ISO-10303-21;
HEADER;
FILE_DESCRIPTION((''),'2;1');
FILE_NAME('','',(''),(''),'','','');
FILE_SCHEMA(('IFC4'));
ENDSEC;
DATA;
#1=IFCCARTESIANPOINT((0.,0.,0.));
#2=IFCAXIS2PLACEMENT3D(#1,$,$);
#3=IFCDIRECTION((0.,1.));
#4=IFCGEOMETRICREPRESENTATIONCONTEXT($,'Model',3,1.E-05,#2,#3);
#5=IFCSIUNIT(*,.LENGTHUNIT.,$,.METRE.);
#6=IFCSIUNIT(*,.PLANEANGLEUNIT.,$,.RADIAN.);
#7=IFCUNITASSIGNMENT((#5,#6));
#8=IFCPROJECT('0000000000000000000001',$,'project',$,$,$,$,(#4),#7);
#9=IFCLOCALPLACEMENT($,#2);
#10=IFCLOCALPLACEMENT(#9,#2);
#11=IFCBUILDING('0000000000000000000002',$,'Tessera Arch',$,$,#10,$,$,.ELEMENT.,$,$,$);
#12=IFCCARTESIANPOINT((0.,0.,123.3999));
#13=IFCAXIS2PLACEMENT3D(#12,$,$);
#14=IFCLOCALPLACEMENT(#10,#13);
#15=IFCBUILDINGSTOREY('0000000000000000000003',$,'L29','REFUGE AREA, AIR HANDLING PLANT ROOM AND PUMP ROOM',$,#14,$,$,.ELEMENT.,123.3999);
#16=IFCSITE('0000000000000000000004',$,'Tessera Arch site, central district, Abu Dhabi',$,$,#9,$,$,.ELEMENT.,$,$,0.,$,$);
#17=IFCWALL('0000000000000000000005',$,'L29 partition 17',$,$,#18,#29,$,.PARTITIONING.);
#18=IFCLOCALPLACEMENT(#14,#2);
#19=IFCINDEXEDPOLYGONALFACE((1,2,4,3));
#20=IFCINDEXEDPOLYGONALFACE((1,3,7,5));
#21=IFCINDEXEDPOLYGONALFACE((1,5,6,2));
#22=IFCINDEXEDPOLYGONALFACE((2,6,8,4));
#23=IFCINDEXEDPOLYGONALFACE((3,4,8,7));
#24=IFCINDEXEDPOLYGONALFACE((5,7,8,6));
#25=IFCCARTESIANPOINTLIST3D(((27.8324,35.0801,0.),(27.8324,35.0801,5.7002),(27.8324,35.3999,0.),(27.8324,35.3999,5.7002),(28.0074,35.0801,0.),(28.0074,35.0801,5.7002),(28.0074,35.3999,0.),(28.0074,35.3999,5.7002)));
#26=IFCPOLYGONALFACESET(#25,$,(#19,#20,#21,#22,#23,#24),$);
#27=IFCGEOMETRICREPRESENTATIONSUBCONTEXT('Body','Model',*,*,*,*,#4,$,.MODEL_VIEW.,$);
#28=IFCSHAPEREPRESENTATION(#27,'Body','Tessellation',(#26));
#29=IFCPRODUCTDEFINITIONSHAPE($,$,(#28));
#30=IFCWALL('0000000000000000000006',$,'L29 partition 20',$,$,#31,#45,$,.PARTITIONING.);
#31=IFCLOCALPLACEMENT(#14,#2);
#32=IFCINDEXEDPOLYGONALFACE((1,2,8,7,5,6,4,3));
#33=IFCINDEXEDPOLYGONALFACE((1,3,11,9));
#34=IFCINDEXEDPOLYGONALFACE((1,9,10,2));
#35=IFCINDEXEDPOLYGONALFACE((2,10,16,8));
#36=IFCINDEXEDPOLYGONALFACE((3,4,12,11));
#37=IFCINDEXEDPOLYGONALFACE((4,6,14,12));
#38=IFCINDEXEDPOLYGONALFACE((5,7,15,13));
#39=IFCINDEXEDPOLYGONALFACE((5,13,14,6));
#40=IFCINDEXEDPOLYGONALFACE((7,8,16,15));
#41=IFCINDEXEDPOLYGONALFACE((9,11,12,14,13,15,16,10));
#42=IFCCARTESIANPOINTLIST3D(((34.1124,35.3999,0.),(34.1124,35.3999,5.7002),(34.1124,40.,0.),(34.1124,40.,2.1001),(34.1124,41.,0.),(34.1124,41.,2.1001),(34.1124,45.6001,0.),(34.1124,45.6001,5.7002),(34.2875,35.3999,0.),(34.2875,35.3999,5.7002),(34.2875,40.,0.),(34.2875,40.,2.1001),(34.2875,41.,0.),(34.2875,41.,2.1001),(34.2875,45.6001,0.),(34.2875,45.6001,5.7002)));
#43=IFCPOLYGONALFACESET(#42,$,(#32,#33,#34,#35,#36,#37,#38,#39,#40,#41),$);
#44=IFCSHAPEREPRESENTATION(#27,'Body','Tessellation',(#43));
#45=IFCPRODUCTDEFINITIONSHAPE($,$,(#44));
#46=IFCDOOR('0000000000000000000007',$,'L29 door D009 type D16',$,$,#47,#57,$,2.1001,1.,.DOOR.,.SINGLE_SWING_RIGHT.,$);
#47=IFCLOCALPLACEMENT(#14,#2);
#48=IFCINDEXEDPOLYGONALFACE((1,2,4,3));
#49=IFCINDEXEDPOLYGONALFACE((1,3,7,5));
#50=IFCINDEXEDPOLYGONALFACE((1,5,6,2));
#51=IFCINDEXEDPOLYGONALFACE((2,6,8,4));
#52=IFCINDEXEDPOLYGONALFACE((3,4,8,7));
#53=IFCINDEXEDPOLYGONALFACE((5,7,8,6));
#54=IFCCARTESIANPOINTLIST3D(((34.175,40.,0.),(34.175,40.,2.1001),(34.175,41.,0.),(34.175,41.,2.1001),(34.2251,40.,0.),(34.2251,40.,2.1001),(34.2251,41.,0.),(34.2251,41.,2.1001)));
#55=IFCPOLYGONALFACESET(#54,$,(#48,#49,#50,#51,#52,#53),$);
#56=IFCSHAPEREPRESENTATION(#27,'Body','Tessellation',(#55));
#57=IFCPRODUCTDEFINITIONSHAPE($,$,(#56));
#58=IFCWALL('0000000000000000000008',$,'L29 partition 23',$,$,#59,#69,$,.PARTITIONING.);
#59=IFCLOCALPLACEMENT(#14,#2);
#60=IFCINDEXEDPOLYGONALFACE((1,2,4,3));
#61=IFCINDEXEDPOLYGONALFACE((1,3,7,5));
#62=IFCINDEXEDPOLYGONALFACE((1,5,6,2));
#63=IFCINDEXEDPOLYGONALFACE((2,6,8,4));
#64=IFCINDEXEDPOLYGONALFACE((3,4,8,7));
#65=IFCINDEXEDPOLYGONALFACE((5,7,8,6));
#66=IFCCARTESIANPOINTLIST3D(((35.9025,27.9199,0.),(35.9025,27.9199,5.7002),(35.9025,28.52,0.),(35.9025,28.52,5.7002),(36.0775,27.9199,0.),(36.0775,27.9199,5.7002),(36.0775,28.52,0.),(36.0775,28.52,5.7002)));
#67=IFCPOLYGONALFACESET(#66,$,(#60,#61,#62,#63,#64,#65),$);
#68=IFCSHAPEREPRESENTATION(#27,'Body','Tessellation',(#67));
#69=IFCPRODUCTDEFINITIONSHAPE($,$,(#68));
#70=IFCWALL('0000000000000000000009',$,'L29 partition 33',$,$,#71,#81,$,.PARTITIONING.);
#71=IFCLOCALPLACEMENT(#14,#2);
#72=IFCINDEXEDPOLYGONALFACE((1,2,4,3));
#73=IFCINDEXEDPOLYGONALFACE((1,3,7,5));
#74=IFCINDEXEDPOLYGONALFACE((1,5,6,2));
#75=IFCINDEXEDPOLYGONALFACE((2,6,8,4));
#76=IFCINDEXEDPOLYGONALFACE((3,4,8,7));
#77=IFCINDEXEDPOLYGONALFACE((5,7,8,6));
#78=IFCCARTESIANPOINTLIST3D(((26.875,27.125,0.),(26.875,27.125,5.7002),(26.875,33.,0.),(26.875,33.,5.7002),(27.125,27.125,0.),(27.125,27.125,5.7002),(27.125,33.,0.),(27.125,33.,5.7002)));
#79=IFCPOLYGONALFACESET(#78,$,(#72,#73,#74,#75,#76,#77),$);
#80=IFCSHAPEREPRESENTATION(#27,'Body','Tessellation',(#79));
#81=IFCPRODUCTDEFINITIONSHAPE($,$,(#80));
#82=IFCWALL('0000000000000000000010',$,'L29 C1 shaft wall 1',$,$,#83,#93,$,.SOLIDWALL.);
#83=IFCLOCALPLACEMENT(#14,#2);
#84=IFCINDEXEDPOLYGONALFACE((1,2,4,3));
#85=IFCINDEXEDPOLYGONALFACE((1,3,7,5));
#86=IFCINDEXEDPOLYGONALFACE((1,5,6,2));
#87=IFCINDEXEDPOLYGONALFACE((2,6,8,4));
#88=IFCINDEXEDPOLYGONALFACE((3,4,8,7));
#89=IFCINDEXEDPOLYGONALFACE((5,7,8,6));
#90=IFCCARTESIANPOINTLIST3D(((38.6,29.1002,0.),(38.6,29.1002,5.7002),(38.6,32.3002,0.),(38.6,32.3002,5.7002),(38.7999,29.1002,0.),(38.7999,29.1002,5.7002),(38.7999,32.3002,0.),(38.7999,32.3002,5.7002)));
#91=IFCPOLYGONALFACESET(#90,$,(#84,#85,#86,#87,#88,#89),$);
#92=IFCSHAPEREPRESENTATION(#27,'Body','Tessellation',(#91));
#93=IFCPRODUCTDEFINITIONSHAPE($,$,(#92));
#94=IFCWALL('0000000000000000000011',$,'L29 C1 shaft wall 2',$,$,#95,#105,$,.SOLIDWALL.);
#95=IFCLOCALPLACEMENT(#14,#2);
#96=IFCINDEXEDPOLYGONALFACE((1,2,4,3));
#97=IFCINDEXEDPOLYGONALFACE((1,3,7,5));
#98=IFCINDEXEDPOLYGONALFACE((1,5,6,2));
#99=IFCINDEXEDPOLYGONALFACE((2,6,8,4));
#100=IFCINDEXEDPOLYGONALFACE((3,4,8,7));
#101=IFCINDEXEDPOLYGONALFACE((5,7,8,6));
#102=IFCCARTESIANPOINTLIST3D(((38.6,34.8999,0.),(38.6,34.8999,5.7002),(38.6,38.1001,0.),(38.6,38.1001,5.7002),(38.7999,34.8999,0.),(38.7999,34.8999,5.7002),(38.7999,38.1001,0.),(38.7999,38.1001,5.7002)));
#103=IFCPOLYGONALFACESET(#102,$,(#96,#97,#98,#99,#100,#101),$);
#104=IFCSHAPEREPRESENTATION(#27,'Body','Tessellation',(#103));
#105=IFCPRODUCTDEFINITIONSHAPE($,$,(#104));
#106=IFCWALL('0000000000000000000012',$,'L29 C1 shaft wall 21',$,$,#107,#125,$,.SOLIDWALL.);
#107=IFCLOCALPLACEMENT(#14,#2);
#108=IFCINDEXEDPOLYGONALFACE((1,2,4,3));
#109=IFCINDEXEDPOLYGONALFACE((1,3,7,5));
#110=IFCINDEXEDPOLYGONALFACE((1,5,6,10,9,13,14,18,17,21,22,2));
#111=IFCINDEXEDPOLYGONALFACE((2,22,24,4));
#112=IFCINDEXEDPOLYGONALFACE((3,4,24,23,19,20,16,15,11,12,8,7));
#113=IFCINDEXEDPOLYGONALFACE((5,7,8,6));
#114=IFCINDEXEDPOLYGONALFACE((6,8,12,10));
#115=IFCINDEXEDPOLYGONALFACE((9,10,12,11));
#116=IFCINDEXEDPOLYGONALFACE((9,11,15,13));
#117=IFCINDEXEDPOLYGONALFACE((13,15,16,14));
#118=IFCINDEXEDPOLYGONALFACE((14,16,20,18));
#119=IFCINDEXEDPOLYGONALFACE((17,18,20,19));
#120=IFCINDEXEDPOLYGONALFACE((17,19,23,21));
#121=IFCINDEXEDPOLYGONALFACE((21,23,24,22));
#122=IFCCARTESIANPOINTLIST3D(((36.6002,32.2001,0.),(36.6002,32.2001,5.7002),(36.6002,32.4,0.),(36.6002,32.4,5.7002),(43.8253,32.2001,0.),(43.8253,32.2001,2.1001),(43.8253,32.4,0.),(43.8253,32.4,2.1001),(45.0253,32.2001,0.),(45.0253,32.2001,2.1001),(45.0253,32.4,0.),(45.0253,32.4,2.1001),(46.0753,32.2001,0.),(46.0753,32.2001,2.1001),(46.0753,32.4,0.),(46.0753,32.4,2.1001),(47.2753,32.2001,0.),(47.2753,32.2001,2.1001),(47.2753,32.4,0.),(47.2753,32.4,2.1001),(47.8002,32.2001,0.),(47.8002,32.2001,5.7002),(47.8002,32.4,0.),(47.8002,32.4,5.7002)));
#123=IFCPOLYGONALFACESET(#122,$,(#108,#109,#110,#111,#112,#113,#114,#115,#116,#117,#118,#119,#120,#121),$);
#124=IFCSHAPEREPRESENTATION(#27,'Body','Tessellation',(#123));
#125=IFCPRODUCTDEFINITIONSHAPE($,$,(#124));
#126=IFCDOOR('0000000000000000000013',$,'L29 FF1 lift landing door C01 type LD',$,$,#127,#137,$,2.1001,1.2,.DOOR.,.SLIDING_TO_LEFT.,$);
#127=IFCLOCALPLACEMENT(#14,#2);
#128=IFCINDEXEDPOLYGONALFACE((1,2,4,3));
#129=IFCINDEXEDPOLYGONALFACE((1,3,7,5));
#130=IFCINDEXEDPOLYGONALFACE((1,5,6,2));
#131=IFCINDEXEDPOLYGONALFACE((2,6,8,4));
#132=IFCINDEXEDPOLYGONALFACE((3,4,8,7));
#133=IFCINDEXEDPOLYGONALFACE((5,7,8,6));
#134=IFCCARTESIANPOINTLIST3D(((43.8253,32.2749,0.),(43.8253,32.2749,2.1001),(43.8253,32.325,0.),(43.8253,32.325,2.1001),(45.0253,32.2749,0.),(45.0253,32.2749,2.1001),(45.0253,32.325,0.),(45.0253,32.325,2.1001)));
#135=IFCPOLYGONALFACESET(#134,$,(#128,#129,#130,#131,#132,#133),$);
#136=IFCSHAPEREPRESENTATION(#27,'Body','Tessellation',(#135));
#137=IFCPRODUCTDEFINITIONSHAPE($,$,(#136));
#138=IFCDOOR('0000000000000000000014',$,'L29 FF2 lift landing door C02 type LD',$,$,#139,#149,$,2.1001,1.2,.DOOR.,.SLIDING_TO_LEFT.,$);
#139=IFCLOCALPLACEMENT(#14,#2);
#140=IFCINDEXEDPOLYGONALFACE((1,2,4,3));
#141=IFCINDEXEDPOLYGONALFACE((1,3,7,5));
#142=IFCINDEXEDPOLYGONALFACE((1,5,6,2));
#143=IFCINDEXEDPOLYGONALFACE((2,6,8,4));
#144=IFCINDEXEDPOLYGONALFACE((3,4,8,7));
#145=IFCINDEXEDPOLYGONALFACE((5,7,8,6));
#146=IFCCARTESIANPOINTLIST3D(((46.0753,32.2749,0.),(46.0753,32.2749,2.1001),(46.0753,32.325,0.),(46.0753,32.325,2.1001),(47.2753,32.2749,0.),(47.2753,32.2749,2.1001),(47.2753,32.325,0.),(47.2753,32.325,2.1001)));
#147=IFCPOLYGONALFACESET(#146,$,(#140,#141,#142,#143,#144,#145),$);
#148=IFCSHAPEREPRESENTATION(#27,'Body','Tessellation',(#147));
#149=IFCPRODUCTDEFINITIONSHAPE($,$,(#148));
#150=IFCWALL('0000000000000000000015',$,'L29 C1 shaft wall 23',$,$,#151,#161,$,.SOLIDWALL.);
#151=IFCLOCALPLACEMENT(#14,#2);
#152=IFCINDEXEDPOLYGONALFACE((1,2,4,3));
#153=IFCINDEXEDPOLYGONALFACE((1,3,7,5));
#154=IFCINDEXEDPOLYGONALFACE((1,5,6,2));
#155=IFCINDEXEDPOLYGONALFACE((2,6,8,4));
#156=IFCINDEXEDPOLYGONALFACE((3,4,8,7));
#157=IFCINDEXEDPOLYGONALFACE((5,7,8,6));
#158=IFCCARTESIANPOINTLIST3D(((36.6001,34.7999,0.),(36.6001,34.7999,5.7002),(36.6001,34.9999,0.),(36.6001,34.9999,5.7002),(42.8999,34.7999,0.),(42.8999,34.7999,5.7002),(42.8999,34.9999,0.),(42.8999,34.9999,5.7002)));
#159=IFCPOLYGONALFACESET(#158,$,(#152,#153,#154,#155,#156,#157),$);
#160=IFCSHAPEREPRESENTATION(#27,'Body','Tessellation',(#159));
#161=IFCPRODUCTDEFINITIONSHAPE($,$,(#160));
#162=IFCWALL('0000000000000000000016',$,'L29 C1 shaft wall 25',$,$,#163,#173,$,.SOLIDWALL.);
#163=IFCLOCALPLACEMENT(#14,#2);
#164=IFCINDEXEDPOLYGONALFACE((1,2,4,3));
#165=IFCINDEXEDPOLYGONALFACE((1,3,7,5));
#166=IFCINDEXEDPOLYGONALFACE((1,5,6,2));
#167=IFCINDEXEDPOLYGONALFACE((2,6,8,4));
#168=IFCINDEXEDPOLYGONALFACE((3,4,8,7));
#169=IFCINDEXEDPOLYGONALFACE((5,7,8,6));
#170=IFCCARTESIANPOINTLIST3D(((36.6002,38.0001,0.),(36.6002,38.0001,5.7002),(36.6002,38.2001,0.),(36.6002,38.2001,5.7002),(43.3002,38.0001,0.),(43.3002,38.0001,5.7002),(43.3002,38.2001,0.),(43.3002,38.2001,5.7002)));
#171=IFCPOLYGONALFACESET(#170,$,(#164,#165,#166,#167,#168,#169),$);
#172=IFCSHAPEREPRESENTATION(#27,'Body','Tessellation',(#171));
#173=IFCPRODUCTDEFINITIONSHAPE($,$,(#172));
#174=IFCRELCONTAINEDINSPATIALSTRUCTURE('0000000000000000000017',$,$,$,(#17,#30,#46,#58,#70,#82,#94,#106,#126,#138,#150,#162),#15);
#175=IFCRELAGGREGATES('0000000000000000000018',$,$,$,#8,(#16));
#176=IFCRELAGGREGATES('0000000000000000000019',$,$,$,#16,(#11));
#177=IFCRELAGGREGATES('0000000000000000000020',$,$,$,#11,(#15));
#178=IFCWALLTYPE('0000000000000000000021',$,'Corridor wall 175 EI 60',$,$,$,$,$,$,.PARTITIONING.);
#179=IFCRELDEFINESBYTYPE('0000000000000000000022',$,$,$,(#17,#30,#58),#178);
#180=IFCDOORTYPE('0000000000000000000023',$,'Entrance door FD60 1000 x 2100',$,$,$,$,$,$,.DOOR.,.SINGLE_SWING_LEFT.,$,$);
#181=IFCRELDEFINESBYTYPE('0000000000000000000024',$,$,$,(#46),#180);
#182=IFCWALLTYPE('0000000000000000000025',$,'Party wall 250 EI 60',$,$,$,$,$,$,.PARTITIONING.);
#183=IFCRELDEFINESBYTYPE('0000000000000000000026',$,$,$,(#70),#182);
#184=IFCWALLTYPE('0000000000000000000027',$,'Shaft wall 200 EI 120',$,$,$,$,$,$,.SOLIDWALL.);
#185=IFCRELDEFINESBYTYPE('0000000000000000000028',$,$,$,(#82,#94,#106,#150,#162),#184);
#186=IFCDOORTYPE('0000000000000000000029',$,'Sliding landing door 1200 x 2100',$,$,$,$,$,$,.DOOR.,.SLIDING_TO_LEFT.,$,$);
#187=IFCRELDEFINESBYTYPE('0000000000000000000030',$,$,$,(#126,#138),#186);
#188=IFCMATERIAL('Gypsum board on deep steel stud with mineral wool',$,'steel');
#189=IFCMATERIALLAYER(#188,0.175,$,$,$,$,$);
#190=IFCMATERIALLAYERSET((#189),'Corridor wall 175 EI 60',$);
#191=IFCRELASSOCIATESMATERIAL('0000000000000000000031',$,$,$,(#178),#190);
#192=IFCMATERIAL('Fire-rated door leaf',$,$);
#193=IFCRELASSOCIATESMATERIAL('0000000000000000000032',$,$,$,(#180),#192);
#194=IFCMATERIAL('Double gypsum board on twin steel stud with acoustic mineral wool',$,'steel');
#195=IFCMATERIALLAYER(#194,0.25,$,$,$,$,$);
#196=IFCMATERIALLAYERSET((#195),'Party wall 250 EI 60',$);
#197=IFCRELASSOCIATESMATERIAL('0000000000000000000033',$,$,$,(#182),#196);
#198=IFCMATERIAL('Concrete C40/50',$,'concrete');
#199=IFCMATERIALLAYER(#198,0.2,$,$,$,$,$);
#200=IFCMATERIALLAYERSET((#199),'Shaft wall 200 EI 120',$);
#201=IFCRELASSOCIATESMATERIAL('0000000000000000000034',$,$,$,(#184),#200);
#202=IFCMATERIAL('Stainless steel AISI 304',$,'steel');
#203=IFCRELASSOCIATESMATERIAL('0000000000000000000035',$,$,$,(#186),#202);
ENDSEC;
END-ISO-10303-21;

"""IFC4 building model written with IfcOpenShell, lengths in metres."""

from ifc_helpers import new_model, si_unit, direction, frame, frame_2d, origin, place, context, subcontext, project, spatial, rectangle, extrude, material, layer, layer_set, type_object, element, fill, save


model = new_model("IFC4")

# Units and contexts
model_context = context("Model", 3, precision=1e-05, world=origin(), true_north=direction((0.0, 1.0)))
body_context = subcontext(model_context, "Body", "Model", "MODEL_VIEW")
ifc_project = project(units=[si_unit("LENGTHUNIT", "METRE"), si_unit("PLANEANGLEUNIT", "RADIAN")], contexts=[model_context])

# Site, building, storey
site_placement = place(None, origin())
site = spatial("IfcSite", under=ifc_project, at=site_placement, Name="Tessera Arch site, central district, Abu Dhabi", CompositionType="ELEMENT", RefElevation=0.0)
building_placement = place(site_placement, origin())
building = spatial("IfcBuilding", under=site, at=building_placement, Name="Tessera Arch", CompositionType="ELEMENT")
storey_placement = place(building_placement, frame((0.0, 0.0, 123.3999)))
storey = spatial("IfcBuildingStorey", under=building, at=storey_placement, Name="L29", Description="REFUGE AREA, AIR HANDLING PLANT ROOM AND PUMP ROOM", CompositionType="ELEMENT", Elevation=123.3999)

# Wall
ifc_material_1 = material(Name="Gypsum board on deep steel stud with mineral wool", Category="steel")
ifc_layer_1 = layer(ifc_material_1, 0.175)
ifc_layer_set_1 = layer_set([ifc_layer_1], Name="Corridor wall 175 EI 60")
wall_type_1 = type_object("IfcWallType", Name="Corridor wall 175 EI 60", PredefinedType="PARTITIONING", material=ifc_layer_set_1)
wall_1_placement = place(storey_placement, frame((27.9199, 35.0801, 0.0), z_axis=(0.0, 0.0, 1.0), x_axis=(0.0, 1.0, 0.0)))
element("IfcWall", 1, at=wall_1_placement, inside=storey, type_object=wall_type_1, Name="L29 partition 17", PredefinedType="PARTITIONING", context=body_context, shape_type="SweptSolid", body=[
    extrude(rectangle(XDim=0.3198, YDim=0.175, at=frame_2d((0.1599, 0.0))), origin(), (0.0, 0.0, 1.0), 5.7002),
])

# Wall, opening, door
wall_2_placement = place(storey_placement, frame((34.2, 35.3999, 0.0), z_axis=(0.0, 0.0, 1.0), x_axis=(0.0, 1.0, 0.0)))
wall_2 = element("IfcWall", 2, at=wall_2_placement, inside=storey, type_object=wall_type_1, Name="L29 partition 20", PredefinedType="PARTITIONING", context=body_context, shape_type="SweptSolid", body=[
    extrude(rectangle(XDim=10.2002, YDim=0.175, at=frame_2d((5.1001, 0.0))), origin(), (0.0, 0.0, 1.0), 5.7002),
])
opening_1_placement = place(wall_2_placement, frame((4.6001, 0.0, 0.0)))
opening_1 = element("IfcOpeningElement", 3, at=opening_1_placement, cuts=wall_2, PredefinedType="OPENING", context=body_context, shape_type="SweptSolid", body=[
    extrude(rectangle(XDim=1.0, YDim=2.1001, at=frame_2d((0.5, 1.05))), frame((0.0, 0.0974, 0.0), z_axis=(0.0, -1.0, 0.0), x_axis=(1.0, 0.0, 0.0)), (0.0, 0.0, 1.0), 0.1951),
])
ifc_material_2 = material(Name="Fire-rated door leaf")
door_type_1 = type_object("IfcDoorType", Name="Entrance door FD60 1000 x 2100", OperationType="SINGLE_SWING_LEFT", PredefinedType="DOOR", material=ifc_material_2)
door_1_placement = place(opening_1_placement, origin())
door_1 = element("IfcDoor", 4, at=door_1_placement, inside=storey, type_object=door_type_1, Name="L29 door D009 type D16", OperationType="SINGLE_SWING_RIGHT", OverallHeight=2.1001, OverallWidth=1.0, PredefinedType="DOOR", context=body_context, shape_type="SweptSolid", body=[
    extrude(rectangle(XDim=1.0, YDim=2.1001, at=frame_2d((0.5, 1.05))), frame((0.0, 0.0249, 0.0), z_axis=(0.0, -1.0, 0.0), x_axis=(1.0, 0.0, 0.0)), (0.0, 0.0, 1.0), 0.05),
])
fill(opening_1, door_1)

# Walls
wall_3_placement = place(storey_placement, frame((35.99, 27.9199, 0.0), z_axis=(0.0, 0.0, 1.0), x_axis=(0.0, 1.0, 0.0)))
element("IfcWall", 5, at=wall_3_placement, inside=storey, type_object=wall_type_1, Name="L29 partition 23", PredefinedType="PARTITIONING", context=body_context, shape_type="SweptSolid", body=[
    extrude(rectangle(XDim=0.6001, YDim=0.175, at=frame_2d((0.3, 0.0))), origin(), (0.0, 0.0, 1.0), 5.7002),
])
ifc_material_3 = material(Name="Double gypsum board on twin steel stud with acoustic mineral wool", Category="steel")
ifc_layer_2 = layer(ifc_material_3, 0.25)
ifc_layer_set_2 = layer_set([ifc_layer_2], Name="Party wall 250 EI 60")
wall_type_2 = type_object("IfcWallType", Name="Party wall 250 EI 60", PredefinedType="PARTITIONING", material=ifc_layer_set_2)
wall_4_placement = place(storey_placement, frame((27.0, 27.125, 0.0), z_axis=(0.0, 0.0, 1.0), x_axis=(0.0, 1.0, 0.0)))
element("IfcWall", 6, at=wall_4_placement, inside=storey, type_object=wall_type_2, Name="L29 partition 33", PredefinedType="PARTITIONING", context=body_context, shape_type="SweptSolid", body=[
    extrude(rectangle(XDim=5.875, YDim=0.25, at=frame_2d((2.9375, 0.0))), origin(), (0.0, 0.0, 1.0), 5.7002),
])
ifc_material_4 = material(Name="Concrete C40/50", Category="concrete")
ifc_layer_3 = layer(ifc_material_4, 0.2)
ifc_layer_set_3 = layer_set([ifc_layer_3], Name="Shaft wall 200 EI 120")
wall_type_3 = type_object("IfcWallType", Name="Shaft wall 200 EI 120", PredefinedType="SOLIDWALL", material=ifc_layer_set_3)
wall_5_placement = place(storey_placement, frame((38.7, 29.1001, 0.0), z_axis=(0.0, 0.0, 1.0), x_axis=(0.0, 1.0, 0.0)))
element("IfcWall", 7, at=wall_5_placement, inside=storey, type_object=wall_type_3, Name="L29 C1 shaft wall 1", PredefinedType="SOLIDWALL", context=body_context, shape_type="SweptSolid", body=[
    extrude(rectangle(XDim=3.2, YDim=0.2, at=frame_2d((1.6001, 0.0))), origin(), (0.0, 0.0, 1.0), 5.7002),
])
wall_6_placement = place(storey_placement, frame((38.7, 34.8999, 0.0), z_axis=(0.0, 0.0, 1.0), x_axis=(0.0, 1.0, 0.0)))
element("IfcWall", 8, at=wall_6_placement, inside=storey, type_object=wall_type_3, Name="L29 C1 shaft wall 2", PredefinedType="SOLIDWALL", context=body_context, shape_type="SweptSolid", body=[
    extrude(rectangle(XDim=3.2002, YDim=0.2, at=frame_2d((1.6001, 0.0))), origin(), (0.0, 0.0, 1.0), 5.7002),
])

# Wall, openings, doors
wall_7_placement = place(storey_placement, frame((36.6001, 32.3, 0.0), z_axis=(0.0, 0.0, 1.0), x_axis=(1.0, 0.0, 0.0)))
wall_7 = element("IfcWall", 9, at=wall_7_placement, inside=storey, type_object=wall_type_3, Name="L29 C1 shaft wall 21", PredefinedType="SOLIDWALL", context=body_context, shape_type="SweptSolid", body=[
    extrude(rectangle(XDim=11.2, YDim=0.2, at=frame_2d((5.6001, 0.0))), origin(), (0.0, 0.0, 1.0), 5.7002),
])
opening_2_placement = place(wall_7_placement, frame((7.2251, 0.0, 0.0)))
opening_2 = element("IfcOpeningElement", 10, at=opening_2_placement, cuts=wall_7, PredefinedType="OPENING", context=body_context, shape_type="SweptSolid", body=[
    extrude(rectangle(XDim=1.2, YDim=2.1001, at=frame_2d((0.6001, 1.05))), frame((0.0, 0.1099, 0.0), z_axis=(0.0, -1.0, 0.0), x_axis=(1.0, 0.0, 0.0)), (0.0, 0.0, 1.0), 0.22),
])
opening_3_placement = place(wall_7_placement, frame((9.4751, 0.0, 0.0)))
opening_3 = element("IfcOpeningElement", 11, at=opening_3_placement, cuts=wall_7, PredefinedType="OPENING", context=body_context, shape_type="SweptSolid", body=[
    extrude(rectangle(XDim=1.2, YDim=2.1001, at=frame_2d((0.6001, 1.05))), frame((0.0, 0.1099, 0.0), z_axis=(0.0, -1.0, 0.0), x_axis=(1.0, 0.0, 0.0)), (0.0, 0.0, 1.0), 0.22),
])
ifc_material_5 = material(Name="Stainless steel AISI 304", Category="steel")
door_type_2 = type_object("IfcDoorType", Name="Sliding landing door 1200 x 2100", OperationType="SLIDING_TO_LEFT", PredefinedType="DOOR", material=ifc_material_5)
door_2_placement = place(opening_2_placement, origin())
door_2 = element("IfcDoor", 12, at=door_2_placement, inside=storey, type_object=door_type_2, Name="L29 FF1 lift landing door C01 type LD", OperationType="SLIDING_TO_LEFT", OverallHeight=2.1001, OverallWidth=1.2, PredefinedType="DOOR", context=body_context, shape_type="SweptSolid", body=[
    extrude(rectangle(XDim=1.2, YDim=2.1001, at=frame_2d((0.6001, 1.05))), frame((0.0, 0.0249, 0.0), z_axis=(0.0, -1.0, 0.0), x_axis=(1.0, 0.0, 0.0)), (0.0, 0.0, 1.0), 0.05),
])
fill(opening_2, door_2)
door_3_placement = place(opening_3_placement, origin())
door_3 = element("IfcDoor", 13, at=door_3_placement, inside=storey, type_object=door_type_2, Name="L29 FF2 lift landing door C02 type LD", OperationType="SLIDING_TO_LEFT", OverallHeight=2.1001, OverallWidth=1.2, PredefinedType="DOOR", context=body_context, shape_type="SweptSolid", body=[
    extrude(rectangle(XDim=1.2, YDim=2.1001, at=frame_2d((0.6001, 1.05))), frame((0.0, 0.0249, 0.0), z_axis=(0.0, -1.0, 0.0), x_axis=(1.0, 0.0, 0.0)), (0.0, 0.0, 1.0), 0.05),
])
fill(opening_3, door_3)

# Walls
wall_8_placement = place(storey_placement, frame((36.6001, 34.8999, 0.0), z_axis=(0.0, 0.0, 1.0), x_axis=(1.0, 0.0, 0.0)))
element("IfcWall", 14, at=wall_8_placement, inside=storey, type_object=wall_type_3, Name="L29 C1 shaft wall 23", PredefinedType="SOLIDWALL", context=body_context, shape_type="SweptSolid", body=[
    extrude(rectangle(XDim=6.2998, YDim=0.2, at=frame_2d((3.1499, 0.0))), origin(), (0.0, 0.0, 1.0), 5.7002),
])
wall_9_placement = place(storey_placement, frame((36.6001, 38.1001, 0.0), z_axis=(0.0, 0.0, 1.0), x_axis=(1.0, 0.0, 0.0)))
element("IfcWall", 15, at=wall_9_placement, inside=storey, type_object=wall_type_3, Name="L29 C1 shaft wall 25", PredefinedType="SOLIDWALL", context=body_context, shape_type="SweptSolid", body=[
    extrude(rectangle(XDim=6.7, YDim=0.2, at=frame_2d((3.3501, 0.0))), origin(), (0.0, 0.0, 1.0), 5.7002),
])

save(model, "model.ifc")
